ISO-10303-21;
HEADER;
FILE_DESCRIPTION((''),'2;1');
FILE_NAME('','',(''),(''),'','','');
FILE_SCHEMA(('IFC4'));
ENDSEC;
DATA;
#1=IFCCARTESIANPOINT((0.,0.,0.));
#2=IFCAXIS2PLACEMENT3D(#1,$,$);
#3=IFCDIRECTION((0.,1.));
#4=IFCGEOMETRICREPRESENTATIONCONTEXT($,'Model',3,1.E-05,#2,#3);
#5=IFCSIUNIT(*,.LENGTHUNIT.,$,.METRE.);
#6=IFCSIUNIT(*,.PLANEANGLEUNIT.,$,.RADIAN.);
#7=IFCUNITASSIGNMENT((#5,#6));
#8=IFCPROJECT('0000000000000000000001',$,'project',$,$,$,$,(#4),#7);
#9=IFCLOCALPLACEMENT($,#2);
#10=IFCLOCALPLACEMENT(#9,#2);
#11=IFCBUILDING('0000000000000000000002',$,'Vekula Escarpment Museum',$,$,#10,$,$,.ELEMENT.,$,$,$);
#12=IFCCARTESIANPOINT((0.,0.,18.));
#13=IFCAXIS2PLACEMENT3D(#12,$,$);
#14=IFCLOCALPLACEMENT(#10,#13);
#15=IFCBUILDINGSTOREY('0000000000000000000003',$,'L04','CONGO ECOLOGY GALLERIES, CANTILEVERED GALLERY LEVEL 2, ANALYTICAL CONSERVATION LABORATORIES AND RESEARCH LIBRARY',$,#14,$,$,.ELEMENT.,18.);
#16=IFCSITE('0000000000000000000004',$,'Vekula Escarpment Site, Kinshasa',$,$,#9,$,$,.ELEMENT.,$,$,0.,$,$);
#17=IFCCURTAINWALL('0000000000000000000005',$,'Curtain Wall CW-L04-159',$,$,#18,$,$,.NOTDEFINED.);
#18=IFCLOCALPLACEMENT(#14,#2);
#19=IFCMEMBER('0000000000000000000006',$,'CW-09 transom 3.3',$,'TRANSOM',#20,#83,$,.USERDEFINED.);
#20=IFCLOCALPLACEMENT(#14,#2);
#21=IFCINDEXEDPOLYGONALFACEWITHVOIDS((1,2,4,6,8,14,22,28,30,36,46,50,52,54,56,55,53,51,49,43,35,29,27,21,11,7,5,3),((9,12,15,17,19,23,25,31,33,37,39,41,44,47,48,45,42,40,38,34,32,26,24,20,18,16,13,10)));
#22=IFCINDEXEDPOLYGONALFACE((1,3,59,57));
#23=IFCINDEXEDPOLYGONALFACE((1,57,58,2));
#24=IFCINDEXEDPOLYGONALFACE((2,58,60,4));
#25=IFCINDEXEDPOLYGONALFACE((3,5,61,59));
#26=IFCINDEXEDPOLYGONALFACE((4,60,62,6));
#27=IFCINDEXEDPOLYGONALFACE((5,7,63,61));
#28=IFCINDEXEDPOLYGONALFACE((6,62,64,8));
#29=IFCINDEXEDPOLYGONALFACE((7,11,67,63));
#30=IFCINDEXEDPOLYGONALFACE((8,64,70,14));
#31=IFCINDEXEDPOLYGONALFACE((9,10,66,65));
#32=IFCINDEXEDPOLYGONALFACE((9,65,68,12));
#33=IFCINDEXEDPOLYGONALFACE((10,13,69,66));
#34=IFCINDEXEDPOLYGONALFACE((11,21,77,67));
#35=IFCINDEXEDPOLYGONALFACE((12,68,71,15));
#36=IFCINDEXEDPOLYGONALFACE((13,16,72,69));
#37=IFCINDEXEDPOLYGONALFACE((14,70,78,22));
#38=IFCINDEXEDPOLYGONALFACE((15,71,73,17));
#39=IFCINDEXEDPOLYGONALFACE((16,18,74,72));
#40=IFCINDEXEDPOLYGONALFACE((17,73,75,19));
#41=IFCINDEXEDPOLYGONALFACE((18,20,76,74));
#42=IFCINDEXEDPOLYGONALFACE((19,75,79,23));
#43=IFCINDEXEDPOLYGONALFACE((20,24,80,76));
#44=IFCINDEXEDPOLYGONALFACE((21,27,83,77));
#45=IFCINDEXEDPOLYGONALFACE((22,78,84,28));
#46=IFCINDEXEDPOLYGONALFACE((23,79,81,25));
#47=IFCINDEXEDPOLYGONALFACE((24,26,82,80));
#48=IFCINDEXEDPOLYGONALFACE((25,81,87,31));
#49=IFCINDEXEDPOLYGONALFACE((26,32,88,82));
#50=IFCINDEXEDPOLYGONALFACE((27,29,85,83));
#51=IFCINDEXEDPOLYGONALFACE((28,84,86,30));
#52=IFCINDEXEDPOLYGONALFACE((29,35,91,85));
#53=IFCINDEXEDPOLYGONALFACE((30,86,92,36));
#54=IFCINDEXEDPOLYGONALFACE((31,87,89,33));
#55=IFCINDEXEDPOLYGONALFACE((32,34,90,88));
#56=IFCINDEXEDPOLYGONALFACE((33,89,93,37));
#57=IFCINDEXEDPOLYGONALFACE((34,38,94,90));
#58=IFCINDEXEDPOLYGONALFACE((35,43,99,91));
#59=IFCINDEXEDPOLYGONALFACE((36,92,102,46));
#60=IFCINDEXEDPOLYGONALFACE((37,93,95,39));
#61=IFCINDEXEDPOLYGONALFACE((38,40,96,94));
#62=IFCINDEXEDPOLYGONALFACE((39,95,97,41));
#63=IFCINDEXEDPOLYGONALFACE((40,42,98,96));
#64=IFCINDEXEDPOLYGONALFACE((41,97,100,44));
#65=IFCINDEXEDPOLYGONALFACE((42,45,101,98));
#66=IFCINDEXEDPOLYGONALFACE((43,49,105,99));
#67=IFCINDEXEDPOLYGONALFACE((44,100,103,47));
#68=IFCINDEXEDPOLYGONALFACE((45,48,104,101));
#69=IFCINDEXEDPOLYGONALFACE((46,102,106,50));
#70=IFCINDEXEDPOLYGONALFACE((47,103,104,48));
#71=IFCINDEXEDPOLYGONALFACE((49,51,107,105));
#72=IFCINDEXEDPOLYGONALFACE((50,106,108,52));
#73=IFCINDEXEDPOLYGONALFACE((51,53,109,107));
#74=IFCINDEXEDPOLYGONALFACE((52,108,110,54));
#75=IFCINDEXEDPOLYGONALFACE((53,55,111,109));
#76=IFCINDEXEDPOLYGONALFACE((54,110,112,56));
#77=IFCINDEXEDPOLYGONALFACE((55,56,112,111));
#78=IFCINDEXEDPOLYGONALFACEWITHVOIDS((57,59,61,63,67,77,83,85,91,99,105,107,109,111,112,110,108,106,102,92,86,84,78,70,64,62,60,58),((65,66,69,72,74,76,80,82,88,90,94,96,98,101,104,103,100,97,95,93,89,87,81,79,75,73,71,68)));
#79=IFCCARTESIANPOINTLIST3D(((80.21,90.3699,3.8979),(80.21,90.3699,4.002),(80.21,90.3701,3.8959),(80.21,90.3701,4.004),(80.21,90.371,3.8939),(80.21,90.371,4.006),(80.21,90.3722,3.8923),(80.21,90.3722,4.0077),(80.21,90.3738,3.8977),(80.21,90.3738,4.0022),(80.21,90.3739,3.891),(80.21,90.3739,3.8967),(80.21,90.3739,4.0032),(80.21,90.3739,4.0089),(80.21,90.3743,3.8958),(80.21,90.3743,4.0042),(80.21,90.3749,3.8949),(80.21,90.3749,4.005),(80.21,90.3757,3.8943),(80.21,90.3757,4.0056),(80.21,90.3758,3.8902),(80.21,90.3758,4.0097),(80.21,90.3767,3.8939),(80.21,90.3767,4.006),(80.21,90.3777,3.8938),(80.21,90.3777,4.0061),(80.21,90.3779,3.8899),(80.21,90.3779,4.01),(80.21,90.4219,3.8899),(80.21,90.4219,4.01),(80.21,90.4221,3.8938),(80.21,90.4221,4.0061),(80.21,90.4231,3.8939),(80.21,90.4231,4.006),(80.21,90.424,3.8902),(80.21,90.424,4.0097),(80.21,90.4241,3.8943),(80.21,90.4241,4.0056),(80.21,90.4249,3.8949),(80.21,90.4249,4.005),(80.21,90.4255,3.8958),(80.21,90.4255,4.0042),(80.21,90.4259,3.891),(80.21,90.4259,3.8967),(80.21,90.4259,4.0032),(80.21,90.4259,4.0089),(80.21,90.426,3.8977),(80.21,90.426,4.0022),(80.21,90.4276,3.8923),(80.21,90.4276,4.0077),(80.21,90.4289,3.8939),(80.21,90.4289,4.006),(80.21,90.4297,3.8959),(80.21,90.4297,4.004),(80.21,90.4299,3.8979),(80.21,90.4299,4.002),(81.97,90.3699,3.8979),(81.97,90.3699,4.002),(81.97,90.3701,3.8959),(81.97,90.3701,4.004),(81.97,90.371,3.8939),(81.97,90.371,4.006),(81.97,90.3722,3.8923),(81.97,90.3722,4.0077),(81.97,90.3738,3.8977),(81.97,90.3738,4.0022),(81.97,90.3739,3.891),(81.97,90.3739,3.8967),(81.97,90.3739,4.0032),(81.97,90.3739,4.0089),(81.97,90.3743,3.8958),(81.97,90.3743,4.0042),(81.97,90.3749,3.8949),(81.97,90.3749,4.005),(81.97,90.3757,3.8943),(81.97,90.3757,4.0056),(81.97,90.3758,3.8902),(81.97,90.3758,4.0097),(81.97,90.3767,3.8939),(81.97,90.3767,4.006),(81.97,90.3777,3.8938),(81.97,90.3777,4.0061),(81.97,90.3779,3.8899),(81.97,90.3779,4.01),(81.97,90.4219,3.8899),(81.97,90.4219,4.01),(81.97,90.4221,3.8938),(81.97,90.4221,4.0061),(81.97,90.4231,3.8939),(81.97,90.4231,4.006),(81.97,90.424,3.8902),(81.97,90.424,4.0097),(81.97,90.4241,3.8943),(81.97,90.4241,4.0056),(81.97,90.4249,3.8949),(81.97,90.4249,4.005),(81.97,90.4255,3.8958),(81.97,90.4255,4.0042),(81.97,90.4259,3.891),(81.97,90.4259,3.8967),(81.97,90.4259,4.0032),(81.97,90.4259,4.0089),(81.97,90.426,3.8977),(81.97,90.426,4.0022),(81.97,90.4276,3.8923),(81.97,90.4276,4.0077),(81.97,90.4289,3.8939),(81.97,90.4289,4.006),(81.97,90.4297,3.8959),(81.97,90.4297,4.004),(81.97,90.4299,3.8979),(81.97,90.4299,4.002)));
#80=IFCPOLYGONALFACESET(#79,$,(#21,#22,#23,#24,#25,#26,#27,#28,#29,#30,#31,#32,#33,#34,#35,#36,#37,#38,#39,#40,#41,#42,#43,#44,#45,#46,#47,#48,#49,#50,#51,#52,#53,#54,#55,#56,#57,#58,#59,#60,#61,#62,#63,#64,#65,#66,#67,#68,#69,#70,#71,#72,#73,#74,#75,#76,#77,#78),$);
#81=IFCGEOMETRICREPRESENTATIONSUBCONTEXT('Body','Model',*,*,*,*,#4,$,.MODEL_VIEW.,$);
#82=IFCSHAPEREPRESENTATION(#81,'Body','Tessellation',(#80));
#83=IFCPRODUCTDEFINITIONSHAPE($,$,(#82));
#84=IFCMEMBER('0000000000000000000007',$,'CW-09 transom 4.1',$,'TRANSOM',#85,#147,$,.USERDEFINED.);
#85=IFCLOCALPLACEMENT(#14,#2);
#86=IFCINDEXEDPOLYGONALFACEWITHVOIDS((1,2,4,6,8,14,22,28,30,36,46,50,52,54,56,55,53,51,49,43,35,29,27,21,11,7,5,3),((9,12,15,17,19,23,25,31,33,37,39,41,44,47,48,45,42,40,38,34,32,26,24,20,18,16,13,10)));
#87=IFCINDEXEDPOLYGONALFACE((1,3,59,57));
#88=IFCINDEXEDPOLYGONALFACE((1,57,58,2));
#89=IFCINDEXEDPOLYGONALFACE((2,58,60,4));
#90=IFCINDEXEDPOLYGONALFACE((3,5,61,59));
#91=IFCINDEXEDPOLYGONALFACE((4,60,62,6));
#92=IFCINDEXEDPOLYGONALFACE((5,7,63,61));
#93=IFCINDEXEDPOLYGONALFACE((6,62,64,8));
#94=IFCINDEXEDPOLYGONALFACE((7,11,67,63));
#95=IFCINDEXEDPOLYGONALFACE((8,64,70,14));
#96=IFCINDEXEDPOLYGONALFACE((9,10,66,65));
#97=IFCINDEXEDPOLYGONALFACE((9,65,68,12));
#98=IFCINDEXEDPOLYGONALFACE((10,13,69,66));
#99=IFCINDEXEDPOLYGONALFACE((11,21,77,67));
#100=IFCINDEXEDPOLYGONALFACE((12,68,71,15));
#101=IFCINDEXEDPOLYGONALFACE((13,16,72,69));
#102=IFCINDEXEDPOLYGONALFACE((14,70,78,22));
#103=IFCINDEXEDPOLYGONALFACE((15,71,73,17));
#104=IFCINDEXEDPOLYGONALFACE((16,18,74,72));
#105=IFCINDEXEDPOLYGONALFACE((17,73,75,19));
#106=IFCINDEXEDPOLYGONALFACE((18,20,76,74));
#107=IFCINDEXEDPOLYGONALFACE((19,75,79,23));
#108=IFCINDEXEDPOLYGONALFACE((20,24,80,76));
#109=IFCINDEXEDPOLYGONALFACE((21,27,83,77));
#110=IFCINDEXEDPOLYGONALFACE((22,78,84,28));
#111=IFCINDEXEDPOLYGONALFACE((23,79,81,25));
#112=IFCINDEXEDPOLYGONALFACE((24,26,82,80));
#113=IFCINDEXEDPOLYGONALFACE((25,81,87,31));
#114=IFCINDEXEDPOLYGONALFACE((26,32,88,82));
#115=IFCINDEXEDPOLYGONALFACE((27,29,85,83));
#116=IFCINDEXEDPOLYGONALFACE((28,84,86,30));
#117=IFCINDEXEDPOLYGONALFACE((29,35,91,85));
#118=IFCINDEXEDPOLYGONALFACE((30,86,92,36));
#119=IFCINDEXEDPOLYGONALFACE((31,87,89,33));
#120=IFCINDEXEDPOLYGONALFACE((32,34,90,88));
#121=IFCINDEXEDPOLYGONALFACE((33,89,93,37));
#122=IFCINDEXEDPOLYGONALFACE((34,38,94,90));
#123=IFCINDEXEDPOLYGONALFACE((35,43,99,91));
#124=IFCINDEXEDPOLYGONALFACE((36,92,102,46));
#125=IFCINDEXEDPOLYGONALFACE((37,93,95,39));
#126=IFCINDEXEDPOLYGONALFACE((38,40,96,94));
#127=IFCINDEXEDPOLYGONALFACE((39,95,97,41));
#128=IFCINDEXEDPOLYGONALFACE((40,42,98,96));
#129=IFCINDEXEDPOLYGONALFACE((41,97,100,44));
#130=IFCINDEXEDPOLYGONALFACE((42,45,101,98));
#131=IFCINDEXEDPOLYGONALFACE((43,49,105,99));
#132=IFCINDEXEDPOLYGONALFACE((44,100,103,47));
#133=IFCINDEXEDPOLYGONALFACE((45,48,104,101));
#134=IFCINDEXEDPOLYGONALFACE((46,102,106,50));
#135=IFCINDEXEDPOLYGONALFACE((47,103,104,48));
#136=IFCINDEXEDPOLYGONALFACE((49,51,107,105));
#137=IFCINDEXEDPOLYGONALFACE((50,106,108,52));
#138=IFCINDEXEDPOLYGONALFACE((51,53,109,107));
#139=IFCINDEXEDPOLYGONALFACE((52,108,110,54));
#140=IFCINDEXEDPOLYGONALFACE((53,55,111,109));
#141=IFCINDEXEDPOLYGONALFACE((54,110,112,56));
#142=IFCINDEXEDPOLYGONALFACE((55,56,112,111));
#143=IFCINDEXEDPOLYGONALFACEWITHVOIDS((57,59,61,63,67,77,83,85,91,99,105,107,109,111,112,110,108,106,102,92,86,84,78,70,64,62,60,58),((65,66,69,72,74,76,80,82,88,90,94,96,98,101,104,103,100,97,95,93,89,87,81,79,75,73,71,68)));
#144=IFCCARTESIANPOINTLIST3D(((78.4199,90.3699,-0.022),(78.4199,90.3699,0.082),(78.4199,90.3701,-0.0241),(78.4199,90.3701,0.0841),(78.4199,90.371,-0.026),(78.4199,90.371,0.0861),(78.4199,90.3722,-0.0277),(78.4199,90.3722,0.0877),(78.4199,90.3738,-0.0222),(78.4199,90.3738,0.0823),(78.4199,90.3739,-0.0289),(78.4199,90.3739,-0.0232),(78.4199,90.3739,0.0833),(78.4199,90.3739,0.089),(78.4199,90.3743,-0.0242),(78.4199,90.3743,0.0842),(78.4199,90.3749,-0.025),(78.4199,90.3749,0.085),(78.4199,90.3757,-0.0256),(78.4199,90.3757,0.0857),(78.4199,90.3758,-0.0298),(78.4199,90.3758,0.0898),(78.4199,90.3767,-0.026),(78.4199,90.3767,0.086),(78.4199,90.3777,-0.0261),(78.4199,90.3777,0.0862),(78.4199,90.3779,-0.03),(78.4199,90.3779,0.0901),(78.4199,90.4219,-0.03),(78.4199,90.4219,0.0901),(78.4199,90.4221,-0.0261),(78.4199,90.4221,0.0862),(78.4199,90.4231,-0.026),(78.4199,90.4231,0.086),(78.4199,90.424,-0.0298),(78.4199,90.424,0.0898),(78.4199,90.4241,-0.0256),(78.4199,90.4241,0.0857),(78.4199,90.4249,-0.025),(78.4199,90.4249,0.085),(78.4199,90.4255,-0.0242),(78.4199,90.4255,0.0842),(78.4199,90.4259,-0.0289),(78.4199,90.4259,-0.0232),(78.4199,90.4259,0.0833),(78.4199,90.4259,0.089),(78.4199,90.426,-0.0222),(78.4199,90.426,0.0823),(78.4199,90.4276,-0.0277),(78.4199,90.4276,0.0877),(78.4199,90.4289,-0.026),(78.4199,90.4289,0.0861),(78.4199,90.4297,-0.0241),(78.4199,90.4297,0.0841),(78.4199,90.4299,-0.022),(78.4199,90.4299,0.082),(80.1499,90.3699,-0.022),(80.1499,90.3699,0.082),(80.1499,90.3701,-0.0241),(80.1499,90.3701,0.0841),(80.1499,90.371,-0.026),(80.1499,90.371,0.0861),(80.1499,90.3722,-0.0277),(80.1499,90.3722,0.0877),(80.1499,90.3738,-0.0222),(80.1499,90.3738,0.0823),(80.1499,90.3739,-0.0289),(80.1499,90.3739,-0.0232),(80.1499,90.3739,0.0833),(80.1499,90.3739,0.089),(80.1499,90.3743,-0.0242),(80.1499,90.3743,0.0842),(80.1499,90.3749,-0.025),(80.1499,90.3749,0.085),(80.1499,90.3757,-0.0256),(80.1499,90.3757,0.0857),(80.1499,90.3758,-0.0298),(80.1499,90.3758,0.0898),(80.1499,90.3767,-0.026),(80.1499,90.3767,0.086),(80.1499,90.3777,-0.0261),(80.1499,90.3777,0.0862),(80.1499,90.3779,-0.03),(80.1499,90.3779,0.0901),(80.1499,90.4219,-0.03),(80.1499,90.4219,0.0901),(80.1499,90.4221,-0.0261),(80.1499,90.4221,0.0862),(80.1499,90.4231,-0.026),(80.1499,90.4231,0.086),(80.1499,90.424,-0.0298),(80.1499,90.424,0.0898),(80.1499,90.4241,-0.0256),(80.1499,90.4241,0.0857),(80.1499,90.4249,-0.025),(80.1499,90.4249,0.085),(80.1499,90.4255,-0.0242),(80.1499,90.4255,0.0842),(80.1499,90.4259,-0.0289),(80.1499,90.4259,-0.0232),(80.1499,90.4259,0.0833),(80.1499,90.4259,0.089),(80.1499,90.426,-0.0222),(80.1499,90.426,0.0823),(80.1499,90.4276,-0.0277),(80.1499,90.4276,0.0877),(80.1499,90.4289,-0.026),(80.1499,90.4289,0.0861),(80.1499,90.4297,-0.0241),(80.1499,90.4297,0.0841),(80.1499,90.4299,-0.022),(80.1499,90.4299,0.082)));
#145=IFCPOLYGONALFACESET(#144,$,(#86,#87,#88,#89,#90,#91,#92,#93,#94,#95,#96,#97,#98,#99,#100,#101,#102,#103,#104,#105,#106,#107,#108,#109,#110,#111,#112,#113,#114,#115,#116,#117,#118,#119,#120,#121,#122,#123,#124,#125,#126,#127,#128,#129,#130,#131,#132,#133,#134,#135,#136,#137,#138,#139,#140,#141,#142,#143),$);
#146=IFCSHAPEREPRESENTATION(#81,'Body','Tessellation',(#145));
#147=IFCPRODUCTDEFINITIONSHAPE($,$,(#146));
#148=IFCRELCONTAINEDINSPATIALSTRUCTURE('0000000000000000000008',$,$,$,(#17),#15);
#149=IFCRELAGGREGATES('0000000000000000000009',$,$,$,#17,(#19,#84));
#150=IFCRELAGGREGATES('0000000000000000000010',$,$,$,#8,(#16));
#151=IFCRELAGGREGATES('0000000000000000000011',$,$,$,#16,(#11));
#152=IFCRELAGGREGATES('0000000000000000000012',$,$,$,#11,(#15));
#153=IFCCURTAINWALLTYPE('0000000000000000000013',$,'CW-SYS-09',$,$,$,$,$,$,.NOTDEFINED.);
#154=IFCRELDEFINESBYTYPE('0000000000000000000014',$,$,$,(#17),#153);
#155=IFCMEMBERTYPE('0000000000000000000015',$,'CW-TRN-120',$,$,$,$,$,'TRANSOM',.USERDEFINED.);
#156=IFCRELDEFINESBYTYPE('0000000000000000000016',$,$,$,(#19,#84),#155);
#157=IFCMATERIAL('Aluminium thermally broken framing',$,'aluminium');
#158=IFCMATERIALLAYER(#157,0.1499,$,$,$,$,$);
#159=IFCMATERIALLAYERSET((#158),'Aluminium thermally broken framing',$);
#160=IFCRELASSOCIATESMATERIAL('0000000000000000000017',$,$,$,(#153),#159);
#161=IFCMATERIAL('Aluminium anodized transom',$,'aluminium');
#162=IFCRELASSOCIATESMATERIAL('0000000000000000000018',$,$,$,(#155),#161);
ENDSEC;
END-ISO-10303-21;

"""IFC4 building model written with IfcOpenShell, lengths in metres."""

from ifc_helpers import new_model, si_unit, direction, frame, origin, origin_2d, place, context, subcontext, project, spatial, hollow_rectangle, extrude, material, layer, layer_set, material_profile, profile_set, type_object, element, aggregate, save


model = new_model("IFC4")

# Units and contexts
model_context = context("Model", 3, precision=1e-05, world=origin(), true_north=direction((0.0, 1.0)))
body_context = subcontext(model_context, "Body", "Model", "MODEL_VIEW")
ifc_project = project(units=[si_unit("LENGTHUNIT", "METRE"), si_unit("PLANEANGLEUNIT", "RADIAN")], contexts=[model_context])

# Site, building, storey
site_placement = place(None, origin())
site = spatial("IfcSite", under=ifc_project, at=site_placement, Name="Vekula Escarpment Site, Kinshasa", CompositionType="ELEMENT", RefElevation=0.0)
building_placement = place(site_placement, origin())
building = spatial("IfcBuilding", under=site, at=building_placement, Name="Vekula Escarpment Museum", CompositionType="ELEMENT")
storey_placement = place(building_placement, frame((0.0, 0.0, 18.0)))
storey = spatial("IfcBuildingStorey", under=building, at=storey_placement, Name="L04", Description="CONGO ECOLOGY GALLERIES, CANTILEVERED GALLERY LEVEL 2, ANALYTICAL CONSERVATION LABORATORIES AND RESEARCH LIBRARY", CompositionType="ELEMENT", Elevation=18.0)

# Curtain wall
ifc_material_1 = material(Name="Aluminium thermally broken framing", Category="aluminium")
ifc_layer_1 = layer(ifc_material_1, 0.1499)
ifc_layer_set_1 = layer_set([ifc_layer_1], Name="Aluminium thermally broken framing")
curtain_wall_type_1 = type_object("IfcCurtainWallType", Name="CW-SYS-09", PredefinedType="NOTDEFINED", material=ifc_layer_set_1)
curtain_wall_1_placement = place(storey_placement, origin())
curtain_wall_1 = element("IfcCurtainWall", 1, at=curtain_wall_1_placement, inside=storey, type_object=curtain_wall_type_1, Name="Curtain Wall CW-L04-159", PredefinedType="NOTDEFINED")

# Members
ifc_material_2 = material(Name="Aluminium anodized transom", Category="aluminium")
ifc_material_profile_1 = material_profile(ifc_material_2, hollow_rectangle(XDim=0.0601, YDim=0.1201, WallThickness=0.0039, InnerFilletRadius=0.0039, OuterFilletRadius=0.0081, at=origin_2d()), Name="ALU 120x60x4")
ifc_profile_set_1 = profile_set([ifc_material_profile_1], Name="Aluminium anodized transom")
member_type_1 = type_object("IfcMemberType", Name="CW-TRN-120", ElementType="TRANSOM", PredefinedType="USERDEFINED", material=ifc_profile_set_1)
member_1_placement = place(storey_placement, frame((81.97, 90.3999, 3.95), z_axis=(-1.0, 0.0, 0.0), x_axis=(0.0, -1.0, 0.0)))
member_1 = element("IfcMember", 2, at=member_1_placement, type_object=member_type_1, Name="CW-09 transom 3.3", ObjectType="TRANSOM", PredefinedType="USERDEFINED", context=body_context, shape_type="SweptSolid", body=[
    extrude(hollow_rectangle(XDim=0.0601, YDim=0.1201, WallThickness=0.0039, InnerFilletRadius=0.0039, OuterFilletRadius=0.0081, at=origin_2d()), origin(), (0.0, 0.0, 1.0), 1.76),
])
member_2_placement = place(storey_placement, frame((80.1499, 90.3999, 0.03), z_axis=(-1.0, 0.0, 0.0), x_axis=(0.0, -1.0, 0.0)))
member_2 = element("IfcMember", 3, at=member_2_placement, type_object=member_type_1, Name="CW-09 transom 4.1", ObjectType="TRANSOM", PredefinedType="USERDEFINED", context=body_context, shape_type="SweptSolid", body=[
    extrude(hollow_rectangle(XDim=0.0601, YDim=0.1201, WallThickness=0.0039, InnerFilletRadius=0.0039, OuterFilletRadius=0.0081, at=origin_2d()), origin(), (0.0, 0.0, 1.0), 1.73),
])

aggregate(curtain_wall_1, [member_1, member_2])

save(model, "model.ifc")
